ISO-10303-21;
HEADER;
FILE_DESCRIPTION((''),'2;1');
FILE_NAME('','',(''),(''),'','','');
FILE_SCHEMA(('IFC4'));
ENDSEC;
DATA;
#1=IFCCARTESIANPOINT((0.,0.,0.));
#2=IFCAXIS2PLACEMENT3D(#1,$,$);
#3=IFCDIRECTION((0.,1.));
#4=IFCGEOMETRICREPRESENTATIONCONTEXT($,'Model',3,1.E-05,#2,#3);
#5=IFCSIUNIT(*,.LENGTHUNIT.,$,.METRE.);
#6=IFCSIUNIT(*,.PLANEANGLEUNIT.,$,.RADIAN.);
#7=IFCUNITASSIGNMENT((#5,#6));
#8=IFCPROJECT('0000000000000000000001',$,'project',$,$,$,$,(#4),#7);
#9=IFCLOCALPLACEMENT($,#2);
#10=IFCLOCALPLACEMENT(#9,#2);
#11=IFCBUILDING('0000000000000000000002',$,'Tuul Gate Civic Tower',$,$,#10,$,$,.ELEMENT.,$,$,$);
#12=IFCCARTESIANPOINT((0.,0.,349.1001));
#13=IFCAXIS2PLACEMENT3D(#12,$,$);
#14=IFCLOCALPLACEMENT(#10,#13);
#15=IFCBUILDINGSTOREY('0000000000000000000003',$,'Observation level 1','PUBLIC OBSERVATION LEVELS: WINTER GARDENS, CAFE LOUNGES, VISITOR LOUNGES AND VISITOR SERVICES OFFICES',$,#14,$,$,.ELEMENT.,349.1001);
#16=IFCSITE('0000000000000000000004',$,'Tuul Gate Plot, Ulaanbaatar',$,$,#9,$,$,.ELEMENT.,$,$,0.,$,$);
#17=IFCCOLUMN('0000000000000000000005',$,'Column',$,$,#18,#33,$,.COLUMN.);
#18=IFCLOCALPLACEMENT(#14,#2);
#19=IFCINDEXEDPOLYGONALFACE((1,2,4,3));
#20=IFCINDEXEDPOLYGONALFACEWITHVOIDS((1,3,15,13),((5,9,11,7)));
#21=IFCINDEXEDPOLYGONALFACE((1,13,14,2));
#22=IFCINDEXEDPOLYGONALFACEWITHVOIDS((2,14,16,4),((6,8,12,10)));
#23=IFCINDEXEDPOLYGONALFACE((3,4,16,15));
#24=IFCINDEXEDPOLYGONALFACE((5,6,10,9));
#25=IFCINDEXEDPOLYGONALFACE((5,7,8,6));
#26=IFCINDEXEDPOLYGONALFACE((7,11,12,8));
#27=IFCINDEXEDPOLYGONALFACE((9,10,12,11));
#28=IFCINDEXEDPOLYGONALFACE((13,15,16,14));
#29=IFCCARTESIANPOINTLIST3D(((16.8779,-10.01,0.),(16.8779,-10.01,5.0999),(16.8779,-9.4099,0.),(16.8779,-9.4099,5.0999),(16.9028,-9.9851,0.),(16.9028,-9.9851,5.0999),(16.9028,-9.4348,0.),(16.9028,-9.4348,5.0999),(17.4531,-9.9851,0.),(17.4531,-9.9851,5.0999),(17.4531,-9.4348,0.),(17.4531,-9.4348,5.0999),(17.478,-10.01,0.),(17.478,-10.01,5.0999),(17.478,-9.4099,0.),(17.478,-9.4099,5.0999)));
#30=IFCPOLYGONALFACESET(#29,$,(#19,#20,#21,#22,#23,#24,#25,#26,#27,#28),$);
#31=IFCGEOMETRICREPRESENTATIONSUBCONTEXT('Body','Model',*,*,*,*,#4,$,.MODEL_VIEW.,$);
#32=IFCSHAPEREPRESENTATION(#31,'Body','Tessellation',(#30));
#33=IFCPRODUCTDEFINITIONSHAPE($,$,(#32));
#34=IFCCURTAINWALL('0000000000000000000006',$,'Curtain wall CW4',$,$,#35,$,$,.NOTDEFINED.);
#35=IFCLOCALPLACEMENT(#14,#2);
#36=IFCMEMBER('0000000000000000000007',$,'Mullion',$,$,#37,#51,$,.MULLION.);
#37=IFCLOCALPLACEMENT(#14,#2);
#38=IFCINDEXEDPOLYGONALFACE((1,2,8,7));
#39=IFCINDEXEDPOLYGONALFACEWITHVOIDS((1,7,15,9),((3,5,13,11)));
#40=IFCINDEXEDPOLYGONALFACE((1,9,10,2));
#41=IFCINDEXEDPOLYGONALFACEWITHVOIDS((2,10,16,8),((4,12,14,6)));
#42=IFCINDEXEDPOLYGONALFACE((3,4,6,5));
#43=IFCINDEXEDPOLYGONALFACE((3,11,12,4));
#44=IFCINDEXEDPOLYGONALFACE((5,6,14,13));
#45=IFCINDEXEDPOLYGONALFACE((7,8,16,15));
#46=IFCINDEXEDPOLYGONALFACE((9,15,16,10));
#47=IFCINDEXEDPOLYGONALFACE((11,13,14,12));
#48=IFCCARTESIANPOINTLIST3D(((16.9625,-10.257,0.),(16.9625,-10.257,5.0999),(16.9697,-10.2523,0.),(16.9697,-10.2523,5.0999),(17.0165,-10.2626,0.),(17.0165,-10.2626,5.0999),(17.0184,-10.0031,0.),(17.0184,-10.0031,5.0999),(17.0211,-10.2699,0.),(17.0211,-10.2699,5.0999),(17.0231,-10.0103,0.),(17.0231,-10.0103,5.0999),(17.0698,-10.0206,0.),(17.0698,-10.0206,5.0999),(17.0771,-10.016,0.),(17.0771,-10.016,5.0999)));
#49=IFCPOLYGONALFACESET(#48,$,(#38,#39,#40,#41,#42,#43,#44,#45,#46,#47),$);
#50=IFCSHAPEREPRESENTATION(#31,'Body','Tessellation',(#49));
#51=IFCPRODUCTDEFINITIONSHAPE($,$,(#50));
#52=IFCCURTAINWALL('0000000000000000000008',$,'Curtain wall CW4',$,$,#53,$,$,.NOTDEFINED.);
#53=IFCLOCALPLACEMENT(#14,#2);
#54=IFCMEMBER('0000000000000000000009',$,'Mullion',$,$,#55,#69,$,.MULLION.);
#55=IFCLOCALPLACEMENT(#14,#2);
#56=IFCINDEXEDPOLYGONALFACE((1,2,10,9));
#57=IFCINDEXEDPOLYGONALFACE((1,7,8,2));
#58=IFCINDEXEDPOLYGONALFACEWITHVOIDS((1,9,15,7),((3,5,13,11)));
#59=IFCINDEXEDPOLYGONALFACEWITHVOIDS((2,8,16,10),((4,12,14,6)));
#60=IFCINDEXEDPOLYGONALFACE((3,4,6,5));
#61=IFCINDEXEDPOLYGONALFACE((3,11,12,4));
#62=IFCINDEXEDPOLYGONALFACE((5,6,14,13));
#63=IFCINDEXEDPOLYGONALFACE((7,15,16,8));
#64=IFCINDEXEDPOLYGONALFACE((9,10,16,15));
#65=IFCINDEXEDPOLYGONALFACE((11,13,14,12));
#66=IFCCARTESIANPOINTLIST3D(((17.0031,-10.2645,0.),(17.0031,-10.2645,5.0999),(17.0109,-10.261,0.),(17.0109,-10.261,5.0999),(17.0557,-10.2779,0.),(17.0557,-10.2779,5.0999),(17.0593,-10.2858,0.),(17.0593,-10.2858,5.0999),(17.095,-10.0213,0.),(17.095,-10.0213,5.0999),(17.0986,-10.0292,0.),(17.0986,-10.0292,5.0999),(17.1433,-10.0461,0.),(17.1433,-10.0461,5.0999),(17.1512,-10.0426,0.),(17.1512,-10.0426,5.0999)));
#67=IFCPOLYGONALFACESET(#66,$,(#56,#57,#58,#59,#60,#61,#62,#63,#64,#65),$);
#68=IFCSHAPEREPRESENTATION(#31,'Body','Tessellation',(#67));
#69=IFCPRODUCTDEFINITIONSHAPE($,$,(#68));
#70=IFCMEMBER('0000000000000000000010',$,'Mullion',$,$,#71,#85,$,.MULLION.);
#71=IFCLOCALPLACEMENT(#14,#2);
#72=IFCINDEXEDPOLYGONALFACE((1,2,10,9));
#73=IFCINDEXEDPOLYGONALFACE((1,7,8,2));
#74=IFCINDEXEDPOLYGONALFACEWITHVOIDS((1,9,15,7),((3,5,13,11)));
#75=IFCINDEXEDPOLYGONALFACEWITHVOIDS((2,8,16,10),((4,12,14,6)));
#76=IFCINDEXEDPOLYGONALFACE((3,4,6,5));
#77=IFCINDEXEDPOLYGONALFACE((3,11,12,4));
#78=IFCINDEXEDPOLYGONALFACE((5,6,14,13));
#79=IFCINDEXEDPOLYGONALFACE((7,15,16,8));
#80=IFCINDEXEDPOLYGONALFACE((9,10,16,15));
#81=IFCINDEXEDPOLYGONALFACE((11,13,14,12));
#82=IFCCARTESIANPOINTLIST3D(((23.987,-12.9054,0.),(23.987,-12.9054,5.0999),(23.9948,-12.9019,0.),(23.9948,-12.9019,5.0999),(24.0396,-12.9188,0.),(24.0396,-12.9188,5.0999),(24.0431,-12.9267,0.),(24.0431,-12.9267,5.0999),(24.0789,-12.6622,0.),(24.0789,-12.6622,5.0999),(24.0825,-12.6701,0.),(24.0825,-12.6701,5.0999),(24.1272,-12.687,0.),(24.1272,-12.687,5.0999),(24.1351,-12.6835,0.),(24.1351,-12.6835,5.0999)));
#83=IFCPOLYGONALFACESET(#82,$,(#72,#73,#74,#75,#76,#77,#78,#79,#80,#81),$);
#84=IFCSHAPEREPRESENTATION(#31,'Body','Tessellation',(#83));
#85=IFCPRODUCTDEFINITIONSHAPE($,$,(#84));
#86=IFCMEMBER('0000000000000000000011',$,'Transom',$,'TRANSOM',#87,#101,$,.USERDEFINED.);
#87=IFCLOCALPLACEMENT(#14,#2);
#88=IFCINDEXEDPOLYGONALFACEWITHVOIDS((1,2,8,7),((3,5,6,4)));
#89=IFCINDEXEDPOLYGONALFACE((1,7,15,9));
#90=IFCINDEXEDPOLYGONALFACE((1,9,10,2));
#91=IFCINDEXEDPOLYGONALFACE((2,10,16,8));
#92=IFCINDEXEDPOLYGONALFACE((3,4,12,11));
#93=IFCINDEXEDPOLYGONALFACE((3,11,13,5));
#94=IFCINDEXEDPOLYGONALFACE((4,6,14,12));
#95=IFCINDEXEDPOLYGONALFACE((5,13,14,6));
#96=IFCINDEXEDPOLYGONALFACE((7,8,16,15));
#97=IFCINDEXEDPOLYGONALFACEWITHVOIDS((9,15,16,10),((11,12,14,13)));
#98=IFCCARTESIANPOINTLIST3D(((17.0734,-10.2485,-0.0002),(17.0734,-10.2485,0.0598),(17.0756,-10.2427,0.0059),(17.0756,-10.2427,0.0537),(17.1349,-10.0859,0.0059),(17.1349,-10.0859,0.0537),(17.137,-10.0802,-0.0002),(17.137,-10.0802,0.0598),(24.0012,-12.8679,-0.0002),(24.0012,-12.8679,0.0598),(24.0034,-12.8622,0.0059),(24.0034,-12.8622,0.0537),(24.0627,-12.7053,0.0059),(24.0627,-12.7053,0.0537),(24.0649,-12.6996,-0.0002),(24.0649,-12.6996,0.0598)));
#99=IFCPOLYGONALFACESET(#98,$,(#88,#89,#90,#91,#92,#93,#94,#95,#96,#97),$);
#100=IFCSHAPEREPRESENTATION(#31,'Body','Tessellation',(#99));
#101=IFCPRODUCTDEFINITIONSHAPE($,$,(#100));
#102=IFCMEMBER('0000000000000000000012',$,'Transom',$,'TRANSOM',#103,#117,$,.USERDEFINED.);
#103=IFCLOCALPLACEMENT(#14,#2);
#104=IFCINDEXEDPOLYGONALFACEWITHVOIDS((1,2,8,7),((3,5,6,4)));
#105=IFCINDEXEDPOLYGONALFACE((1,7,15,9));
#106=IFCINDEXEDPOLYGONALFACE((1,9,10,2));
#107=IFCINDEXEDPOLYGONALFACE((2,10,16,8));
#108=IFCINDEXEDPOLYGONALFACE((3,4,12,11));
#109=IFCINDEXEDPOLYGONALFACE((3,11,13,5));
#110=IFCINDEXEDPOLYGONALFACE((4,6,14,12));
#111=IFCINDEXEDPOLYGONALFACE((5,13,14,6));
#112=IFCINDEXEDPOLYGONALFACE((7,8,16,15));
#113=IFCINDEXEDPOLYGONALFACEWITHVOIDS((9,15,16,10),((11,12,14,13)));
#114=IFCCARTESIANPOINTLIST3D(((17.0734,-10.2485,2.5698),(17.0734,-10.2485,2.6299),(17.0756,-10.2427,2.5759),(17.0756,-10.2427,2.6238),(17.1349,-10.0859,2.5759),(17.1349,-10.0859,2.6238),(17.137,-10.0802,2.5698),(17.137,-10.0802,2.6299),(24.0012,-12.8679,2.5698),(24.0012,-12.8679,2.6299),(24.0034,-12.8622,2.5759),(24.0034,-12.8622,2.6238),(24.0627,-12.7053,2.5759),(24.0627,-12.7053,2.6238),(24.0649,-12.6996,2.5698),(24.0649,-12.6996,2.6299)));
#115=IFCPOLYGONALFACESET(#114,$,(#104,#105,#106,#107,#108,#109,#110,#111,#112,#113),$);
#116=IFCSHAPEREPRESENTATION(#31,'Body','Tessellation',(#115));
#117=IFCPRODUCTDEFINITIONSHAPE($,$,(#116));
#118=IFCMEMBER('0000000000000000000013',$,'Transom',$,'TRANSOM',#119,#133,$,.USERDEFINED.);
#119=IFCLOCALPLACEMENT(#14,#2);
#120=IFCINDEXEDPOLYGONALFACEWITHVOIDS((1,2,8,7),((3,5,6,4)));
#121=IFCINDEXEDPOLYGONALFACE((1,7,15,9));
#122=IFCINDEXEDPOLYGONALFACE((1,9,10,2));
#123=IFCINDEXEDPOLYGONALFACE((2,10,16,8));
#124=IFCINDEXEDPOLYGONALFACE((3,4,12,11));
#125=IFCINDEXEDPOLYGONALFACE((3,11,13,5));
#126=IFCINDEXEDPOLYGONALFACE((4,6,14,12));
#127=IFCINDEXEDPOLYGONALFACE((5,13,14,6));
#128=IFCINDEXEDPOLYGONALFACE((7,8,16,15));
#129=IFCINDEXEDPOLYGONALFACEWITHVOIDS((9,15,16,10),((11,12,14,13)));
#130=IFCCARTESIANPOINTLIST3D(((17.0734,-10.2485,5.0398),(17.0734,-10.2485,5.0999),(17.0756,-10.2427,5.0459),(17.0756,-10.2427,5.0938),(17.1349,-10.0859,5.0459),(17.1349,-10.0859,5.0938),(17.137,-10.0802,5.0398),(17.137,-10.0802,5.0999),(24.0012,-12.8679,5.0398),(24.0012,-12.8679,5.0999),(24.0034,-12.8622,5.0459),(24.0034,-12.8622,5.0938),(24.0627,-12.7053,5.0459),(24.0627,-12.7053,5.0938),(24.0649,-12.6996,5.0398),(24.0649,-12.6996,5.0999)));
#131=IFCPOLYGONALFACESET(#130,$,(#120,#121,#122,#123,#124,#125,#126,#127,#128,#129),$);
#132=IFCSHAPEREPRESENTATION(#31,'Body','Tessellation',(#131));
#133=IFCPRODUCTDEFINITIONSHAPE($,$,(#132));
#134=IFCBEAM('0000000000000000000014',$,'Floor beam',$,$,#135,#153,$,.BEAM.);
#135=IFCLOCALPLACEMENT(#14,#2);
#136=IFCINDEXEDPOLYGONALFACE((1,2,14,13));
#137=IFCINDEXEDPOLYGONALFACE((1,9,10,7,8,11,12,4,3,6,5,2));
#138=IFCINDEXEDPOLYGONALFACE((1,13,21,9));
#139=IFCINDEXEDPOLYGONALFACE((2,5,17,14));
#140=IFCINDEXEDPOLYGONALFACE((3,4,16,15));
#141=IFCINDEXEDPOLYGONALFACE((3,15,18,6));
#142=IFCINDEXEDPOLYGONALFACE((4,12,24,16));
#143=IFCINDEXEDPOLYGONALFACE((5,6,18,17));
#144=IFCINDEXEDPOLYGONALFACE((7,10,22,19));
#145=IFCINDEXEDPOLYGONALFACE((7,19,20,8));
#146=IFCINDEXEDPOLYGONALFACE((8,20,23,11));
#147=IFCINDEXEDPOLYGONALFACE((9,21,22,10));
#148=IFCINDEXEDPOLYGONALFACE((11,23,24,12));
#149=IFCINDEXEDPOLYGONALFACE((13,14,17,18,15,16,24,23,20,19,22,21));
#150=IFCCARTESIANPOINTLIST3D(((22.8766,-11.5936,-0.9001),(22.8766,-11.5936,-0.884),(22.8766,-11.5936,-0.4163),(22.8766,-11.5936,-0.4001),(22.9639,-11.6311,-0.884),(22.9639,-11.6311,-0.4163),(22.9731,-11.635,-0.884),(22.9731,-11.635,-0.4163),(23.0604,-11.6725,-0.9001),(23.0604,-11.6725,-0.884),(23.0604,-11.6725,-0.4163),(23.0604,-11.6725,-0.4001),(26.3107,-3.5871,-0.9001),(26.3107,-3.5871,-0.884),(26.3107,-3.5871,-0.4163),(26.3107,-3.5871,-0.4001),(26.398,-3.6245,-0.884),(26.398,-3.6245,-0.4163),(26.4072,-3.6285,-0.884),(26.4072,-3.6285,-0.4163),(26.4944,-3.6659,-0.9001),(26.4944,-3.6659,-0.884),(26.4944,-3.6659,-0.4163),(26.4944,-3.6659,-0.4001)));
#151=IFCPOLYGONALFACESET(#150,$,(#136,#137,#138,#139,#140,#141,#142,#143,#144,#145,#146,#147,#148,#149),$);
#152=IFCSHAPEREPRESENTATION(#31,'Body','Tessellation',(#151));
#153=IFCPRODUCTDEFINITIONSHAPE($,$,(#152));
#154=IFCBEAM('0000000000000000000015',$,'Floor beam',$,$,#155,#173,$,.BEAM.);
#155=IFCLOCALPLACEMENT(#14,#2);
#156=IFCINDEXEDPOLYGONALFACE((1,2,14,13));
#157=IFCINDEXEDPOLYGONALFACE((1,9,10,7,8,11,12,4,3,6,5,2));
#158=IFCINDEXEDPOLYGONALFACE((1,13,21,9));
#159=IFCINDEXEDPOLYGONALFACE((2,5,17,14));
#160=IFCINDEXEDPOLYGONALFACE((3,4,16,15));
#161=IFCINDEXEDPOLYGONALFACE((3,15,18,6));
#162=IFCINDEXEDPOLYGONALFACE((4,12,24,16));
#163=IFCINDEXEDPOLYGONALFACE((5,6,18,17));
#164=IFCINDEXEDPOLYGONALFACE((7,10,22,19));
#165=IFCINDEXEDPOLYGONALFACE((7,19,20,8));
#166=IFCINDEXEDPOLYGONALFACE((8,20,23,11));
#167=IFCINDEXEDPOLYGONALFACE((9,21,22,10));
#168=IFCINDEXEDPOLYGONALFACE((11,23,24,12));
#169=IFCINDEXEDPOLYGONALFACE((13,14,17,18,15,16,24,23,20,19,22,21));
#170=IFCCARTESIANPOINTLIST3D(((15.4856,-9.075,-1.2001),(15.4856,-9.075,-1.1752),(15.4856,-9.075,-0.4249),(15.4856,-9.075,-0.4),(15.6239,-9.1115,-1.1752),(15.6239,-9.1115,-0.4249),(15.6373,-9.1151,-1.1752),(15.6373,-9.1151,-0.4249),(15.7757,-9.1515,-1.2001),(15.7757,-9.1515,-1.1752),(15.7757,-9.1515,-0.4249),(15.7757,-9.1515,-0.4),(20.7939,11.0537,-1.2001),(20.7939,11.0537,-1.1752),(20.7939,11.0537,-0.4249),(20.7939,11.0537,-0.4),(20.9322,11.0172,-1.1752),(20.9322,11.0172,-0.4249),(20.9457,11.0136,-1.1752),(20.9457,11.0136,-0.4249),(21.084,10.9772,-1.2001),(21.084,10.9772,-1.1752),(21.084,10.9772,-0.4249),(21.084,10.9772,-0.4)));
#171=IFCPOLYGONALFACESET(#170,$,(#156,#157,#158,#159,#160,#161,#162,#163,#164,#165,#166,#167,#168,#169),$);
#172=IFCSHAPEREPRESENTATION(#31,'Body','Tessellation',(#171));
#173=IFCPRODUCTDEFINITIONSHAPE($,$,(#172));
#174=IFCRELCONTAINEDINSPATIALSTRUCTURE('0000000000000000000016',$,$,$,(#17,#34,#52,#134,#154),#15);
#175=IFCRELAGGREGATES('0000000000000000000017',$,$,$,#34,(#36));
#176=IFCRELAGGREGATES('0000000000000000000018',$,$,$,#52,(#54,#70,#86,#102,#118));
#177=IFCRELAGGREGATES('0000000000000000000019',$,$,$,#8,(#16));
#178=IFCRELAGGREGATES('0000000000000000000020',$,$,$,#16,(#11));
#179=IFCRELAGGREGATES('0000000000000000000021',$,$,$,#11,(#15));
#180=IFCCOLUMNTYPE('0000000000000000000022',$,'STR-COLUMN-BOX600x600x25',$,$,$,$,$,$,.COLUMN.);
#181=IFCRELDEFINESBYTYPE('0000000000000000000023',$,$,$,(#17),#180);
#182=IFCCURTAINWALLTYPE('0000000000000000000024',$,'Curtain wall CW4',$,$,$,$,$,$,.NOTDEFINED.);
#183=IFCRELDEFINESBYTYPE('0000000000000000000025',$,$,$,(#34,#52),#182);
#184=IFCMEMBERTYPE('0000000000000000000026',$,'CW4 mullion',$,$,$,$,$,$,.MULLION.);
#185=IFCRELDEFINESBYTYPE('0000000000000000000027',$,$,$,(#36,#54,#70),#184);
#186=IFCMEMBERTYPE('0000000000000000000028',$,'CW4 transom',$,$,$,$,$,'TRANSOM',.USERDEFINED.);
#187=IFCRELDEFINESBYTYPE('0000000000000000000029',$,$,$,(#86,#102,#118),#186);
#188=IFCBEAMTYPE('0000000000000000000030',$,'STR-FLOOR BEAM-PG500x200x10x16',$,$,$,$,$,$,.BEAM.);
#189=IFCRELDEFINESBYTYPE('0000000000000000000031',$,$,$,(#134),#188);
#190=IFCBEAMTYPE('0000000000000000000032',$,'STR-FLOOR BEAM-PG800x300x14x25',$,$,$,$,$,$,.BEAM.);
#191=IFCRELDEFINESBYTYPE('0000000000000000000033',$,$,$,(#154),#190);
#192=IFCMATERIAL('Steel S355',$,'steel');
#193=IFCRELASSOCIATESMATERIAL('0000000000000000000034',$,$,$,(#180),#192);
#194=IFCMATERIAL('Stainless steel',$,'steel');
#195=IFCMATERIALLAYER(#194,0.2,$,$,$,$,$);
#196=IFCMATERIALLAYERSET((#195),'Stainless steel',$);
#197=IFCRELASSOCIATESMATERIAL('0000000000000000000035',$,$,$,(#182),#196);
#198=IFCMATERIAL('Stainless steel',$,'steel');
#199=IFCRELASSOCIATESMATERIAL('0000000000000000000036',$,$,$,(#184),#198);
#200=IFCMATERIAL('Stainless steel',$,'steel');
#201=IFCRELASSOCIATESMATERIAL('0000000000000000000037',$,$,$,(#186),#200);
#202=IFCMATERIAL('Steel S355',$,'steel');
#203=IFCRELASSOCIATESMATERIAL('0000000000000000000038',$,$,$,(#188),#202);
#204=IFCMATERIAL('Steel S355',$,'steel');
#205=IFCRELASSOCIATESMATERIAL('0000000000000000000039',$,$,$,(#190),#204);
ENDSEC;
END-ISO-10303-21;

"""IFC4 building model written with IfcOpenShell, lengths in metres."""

from ifc_helpers import new_model, si_unit, direction, frame, origin, origin_2d, place, context, subcontext, project, spatial, hollow_rectangle, i_section, extrude, material, layer, layer_set, material_profile, profile_set, type_object, element, aggregate, save


model = new_model("IFC4")

# Units and contexts
model_context = context("Model", 3, precision=1e-05, world=origin(), true_north=direction((0.0, 1.0)))
body_context = subcontext(model_context, "Body", "Model", "MODEL_VIEW")
ifc_project = project(units=[si_unit("LENGTHUNIT", "METRE"), si_unit("PLANEANGLEUNIT", "RADIAN")], contexts=[model_context])

# Site, building, storey
site_placement = place(None, origin())
site = spatial("IfcSite", under=ifc_project, at=site_placement, Name="Tuul Gate Plot, Ulaanbaatar", CompositionType="ELEMENT", RefElevation=0.0)
building_placement = place(site_placement, origin())
building = spatial("IfcBuilding", under=site, at=building_placement, Name="Tuul Gate Civic Tower", CompositionType="ELEMENT")
storey_placement = place(building_placement, frame((0.0, 0.0, 349.1001)))
storey = spatial("IfcBuildingStorey", under=building, at=storey_placement, Name="Observation level 1", Description="PUBLIC OBSERVATION LEVELS: WINTER GARDENS, CAFE LOUNGES, VISITOR LOUNGES AND VISITOR SERVICES OFFICES", CompositionType="ELEMENT", Elevation=349.1001)

# Column
ifc_material_1 = material(Name="Steel S355", Category="steel")
ifc_material_profile_1 = material_profile(ifc_material_1, hollow_rectangle(XDim=0.6001, YDim=0.6001, WallThickness=0.0249, at=origin_2d()), Name="BOX600x600x25")
ifc_profile_set_1 = profile_set([ifc_material_profile_1], Name="Steel S355")
column_type = type_object("IfcColumnType", Name="STR-COLUMN-BOX600x600x25", PredefinedType="COLUMN", material=ifc_profile_set_1)
column_placement = place(storey_placement, frame((17.178, -9.71, 0.0), z_axis=(0.0, 0.0, 1.0), x_axis=(1.0, 0.0, 0.0)))
element("IfcColumn", 1, at=column_placement, inside=storey, type_object=column_type, Name="Column", PredefinedType="COLUMN", context=body_context, shape_type="SweptSolid", body=[
    extrude(hollow_rectangle(XDim=0.6001, YDim=0.6001, WallThickness=0.0249, at=origin_2d()), origin(), (0.0, 0.0, 1.0), 5.0999),
])

# Curtain wall, member
ifc_material_2 = material(Name="Stainless steel", Category="steel")
ifc_layer_1 = layer(ifc_material_2, 0.2)
ifc_layer_set_1 = layer_set([ifc_layer_1], Name="Stainless steel")
curtain_wall_type = type_object("IfcCurtainWallType", Name="Curtain wall CW4", PredefinedType="NOTDEFINED", material=ifc_layer_set_1)
curtain_wall_1_placement = place(storey_placement, origin())
curtain_wall_1 = element("IfcCurtainWall", 2, at=curtain_wall_1_placement, inside=storey, type_object=curtain_wall_type, Name="Curtain wall CW4", PredefinedType="NOTDEFINED")
ifc_material_3 = material(Name="Stainless steel", Category="steel")
ifc_material_profile_2 = material_profile(ifc_material_3, hollow_rectangle(XDim=0.26, YDim=0.0601, WallThickness=0.0061, at=origin_2d()), Name="CW4 mullion")
ifc_profile_set_2 = profile_set([ifc_material_profile_2], Name="Stainless steel")
member_type_1 = type_object("IfcMemberType", Name="CW4 mullion", PredefinedType="MULLION", material=ifc_profile_set_2)
member_1_placement = place(storey_placement, frame((17.0198, -10.1365, 0.0), z_axis=(0.0, 0.0, 1.0), x_axis=(0.215242, 0.976561, 0.0)))
member_1 = element("IfcMember", 3, at=member_1_placement, type_object=member_type_1, Name="Mullion", PredefinedType="MULLION", context=body_context, shape_type="SweptSolid", body=[
    extrude(hollow_rectangle(XDim=0.26, YDim=0.0601, WallThickness=0.0061, at=origin_2d()), origin(), (0.0, 0.0, 1.0), 5.0999),
])

# Curtain wall, members
curtain_wall_2_placement = place(storey_placement, origin())
curtain_wall_2 = element("IfcCurtainWall", 4, at=curtain_wall_2_placement, inside=storey, type_object=curtain_wall_type, Name="Curtain wall CW4", PredefinedType="NOTDEFINED")
member_2_placement = place(storey_placement, frame((17.0771, -10.1536, 0.0), z_axis=(0.0, 0.0, 1.0), x_axis=(0.353685, 0.935365, 0.0)))
member_2 = element("IfcMember", 5, at=member_2_placement, type_object=member_type_1, Name="Mullion", PredefinedType="MULLION", context=body_context, shape_type="SweptSolid", body=[
    extrude(hollow_rectangle(XDim=0.26, YDim=0.0601, WallThickness=0.0061, at=origin_2d()), origin(), (0.0, 0.0, 1.0), 5.0999),
])
member_3_placement = place(storey_placement, frame((24.061, -12.7944, 0.0), z_axis=(0.0, 0.0, 1.0), x_axis=(0.353685, 0.935365, 0.0)))
member_3 = element("IfcMember", 6, at=member_3_placement, type_object=member_type_1, Name="Mullion", PredefinedType="MULLION", context=body_context, shape_type="SweptSolid", body=[
    extrude(hollow_rectangle(XDim=0.26, YDim=0.0601, WallThickness=0.0061, at=origin_2d()), origin(), (0.0, 0.0, 1.0), 5.0999),
])
ifc_material_4 = material(Name="Stainless steel", Category="steel")
ifc_material_profile_3 = material_profile(ifc_material_4, hollow_rectangle(XDim=0.1799, YDim=0.0601, WallThickness=0.0061, at=origin_2d()), Name="CW4 transom")
ifc_profile_set_3 = profile_set([ifc_material_profile_3], Name="Stainless steel")
member_type_2 = type_object("IfcMemberType", Name="CW4 transom", ElementType="TRANSOM", PredefinedType="USERDEFINED", material=ifc_profile_set_3)
member_4_placement = place(storey_placement, frame((17.1052, -10.1643, 0.0298), z_axis=(0.935372, -0.353665, 0.0), x_axis=(0.353665, 0.935372, 0.0)))
member_4 = element("IfcMember", 7, at=member_4_placement, type_object=member_type_2, Name="Transom", ObjectType="TRANSOM", PredefinedType="USERDEFINED", context=body_context, shape_type="SweptSolid", body=[
    extrude(hollow_rectangle(XDim=0.1799, YDim=0.0601, WallThickness=0.0061, at=origin_2d()), origin(), (0.0, 0.0, 1.0), 7.4065),
])
member_5_placement = place(storey_placement, frame((17.1052, -10.1643, 2.5999), z_axis=(0.935372, -0.353665, 0.0), x_axis=(0.353665, 0.935372, 0.0)))
member_5 = element("IfcMember", 8, at=member_5_placement, type_object=member_type_2, Name="Transom", ObjectType="TRANSOM", PredefinedType="USERDEFINED", context=body_context, shape_type="SweptSolid", body=[
    extrude(hollow_rectangle(XDim=0.1799, YDim=0.0601, WallThickness=0.0061, at=origin_2d()), origin(), (0.0, 0.0, 1.0), 7.4065),
])
member_6_placement = place(storey_placement, frame((17.1052, -10.1643, 5.0698), z_axis=(0.935372, -0.353665, 0.0), x_axis=(0.353665, 0.935372, 0.0)))
member_6 = element("IfcMember", 9, at=member_6_placement, type_object=member_type_2, Name="Transom", ObjectType="TRANSOM", PredefinedType="USERDEFINED", context=body_context, shape_type="SweptSolid", body=[
    extrude(hollow_rectangle(XDim=0.1799, YDim=0.0601, WallThickness=0.0061, at=origin_2d()), origin(), (0.0, 0.0, 1.0), 7.4065),
])

# Beams
ifc_material_5 = material(Name="Steel S355", Category="steel")
ifc_material_profile_4 = material_profile(ifc_material_5, i_section(OverallWidth=0.2, OverallDepth=0.5, WebThickness=0.01, FlangeThickness=0.0161, at=origin_2d()), Name="PG500x200x10x16")
ifc_profile_set_4 = profile_set([ifc_material_profile_4], Name="Steel S355")
beam_type_1 = type_object("IfcBeamType", Name="STR-FLOOR BEAM-PG500x200x10x16", PredefinedType="BEAM", material=ifc_profile_set_4)
beam_1_placement = place(storey_placement, frame((22.9685, -11.6331, -0.6501), z_axis=(0.39418, 0.919033, 0.0), x_axis=(-0.919033, 0.39418, 0.0)))
element("IfcBeam", 10, at=beam_1_placement, inside=storey, type_object=beam_type_1, Name="Floor beam", PredefinedType="BEAM", context=body_context, shape_type="SweptSolid", body=[
    extrude(i_section(OverallWidth=0.2, OverallDepth=0.5, WebThickness=0.01, FlangeThickness=0.0161, at=origin_2d()), origin(), (0.0, 0.0, 1.0), 8.7119),
])
ifc_material_6 = material(Name="Steel S355", Category="steel")
ifc_material_profile_5 = material_profile(ifc_material_6, i_section(OverallWidth=0.3, OverallDepth=0.8, WebThickness=0.0139, FlangeThickness=0.0249, at=origin_2d()), Name="PG800x300x14x25")
ifc_profile_set_5 = profile_set([ifc_material_profile_5], Name="Steel S355")
beam_type_2 = type_object("IfcBeamType", Name="STR-FLOOR BEAM-PG800x300x14x25", PredefinedType="BEAM", material=ifc_profile_set_5)
beam_2_placement = place(storey_placement, frame((15.6306, -9.1133, -0.8), z_axis=(0.255002, 0.96694, 0.0), x_axis=(-0.96694, 0.255002, 0.0)))
element("IfcBeam", 11, at=beam_2_placement, inside=storey, type_object=beam_type_2, Name="Floor beam", PredefinedType="BEAM", context=body_context, shape_type="SweptSolid", body=[
    extrude(i_section(OverallWidth=0.3, OverallDepth=0.8, WebThickness=0.0139, FlangeThickness=0.0249, at=origin_2d()), origin(), (0.0, 0.0, 1.0), 20.8169),
])

aggregate(curtain_wall_1, [member_1])
aggregate(curtain_wall_2, [member_2, member_3, member_4, member_5, member_6])

save(model, "model.ifc")
